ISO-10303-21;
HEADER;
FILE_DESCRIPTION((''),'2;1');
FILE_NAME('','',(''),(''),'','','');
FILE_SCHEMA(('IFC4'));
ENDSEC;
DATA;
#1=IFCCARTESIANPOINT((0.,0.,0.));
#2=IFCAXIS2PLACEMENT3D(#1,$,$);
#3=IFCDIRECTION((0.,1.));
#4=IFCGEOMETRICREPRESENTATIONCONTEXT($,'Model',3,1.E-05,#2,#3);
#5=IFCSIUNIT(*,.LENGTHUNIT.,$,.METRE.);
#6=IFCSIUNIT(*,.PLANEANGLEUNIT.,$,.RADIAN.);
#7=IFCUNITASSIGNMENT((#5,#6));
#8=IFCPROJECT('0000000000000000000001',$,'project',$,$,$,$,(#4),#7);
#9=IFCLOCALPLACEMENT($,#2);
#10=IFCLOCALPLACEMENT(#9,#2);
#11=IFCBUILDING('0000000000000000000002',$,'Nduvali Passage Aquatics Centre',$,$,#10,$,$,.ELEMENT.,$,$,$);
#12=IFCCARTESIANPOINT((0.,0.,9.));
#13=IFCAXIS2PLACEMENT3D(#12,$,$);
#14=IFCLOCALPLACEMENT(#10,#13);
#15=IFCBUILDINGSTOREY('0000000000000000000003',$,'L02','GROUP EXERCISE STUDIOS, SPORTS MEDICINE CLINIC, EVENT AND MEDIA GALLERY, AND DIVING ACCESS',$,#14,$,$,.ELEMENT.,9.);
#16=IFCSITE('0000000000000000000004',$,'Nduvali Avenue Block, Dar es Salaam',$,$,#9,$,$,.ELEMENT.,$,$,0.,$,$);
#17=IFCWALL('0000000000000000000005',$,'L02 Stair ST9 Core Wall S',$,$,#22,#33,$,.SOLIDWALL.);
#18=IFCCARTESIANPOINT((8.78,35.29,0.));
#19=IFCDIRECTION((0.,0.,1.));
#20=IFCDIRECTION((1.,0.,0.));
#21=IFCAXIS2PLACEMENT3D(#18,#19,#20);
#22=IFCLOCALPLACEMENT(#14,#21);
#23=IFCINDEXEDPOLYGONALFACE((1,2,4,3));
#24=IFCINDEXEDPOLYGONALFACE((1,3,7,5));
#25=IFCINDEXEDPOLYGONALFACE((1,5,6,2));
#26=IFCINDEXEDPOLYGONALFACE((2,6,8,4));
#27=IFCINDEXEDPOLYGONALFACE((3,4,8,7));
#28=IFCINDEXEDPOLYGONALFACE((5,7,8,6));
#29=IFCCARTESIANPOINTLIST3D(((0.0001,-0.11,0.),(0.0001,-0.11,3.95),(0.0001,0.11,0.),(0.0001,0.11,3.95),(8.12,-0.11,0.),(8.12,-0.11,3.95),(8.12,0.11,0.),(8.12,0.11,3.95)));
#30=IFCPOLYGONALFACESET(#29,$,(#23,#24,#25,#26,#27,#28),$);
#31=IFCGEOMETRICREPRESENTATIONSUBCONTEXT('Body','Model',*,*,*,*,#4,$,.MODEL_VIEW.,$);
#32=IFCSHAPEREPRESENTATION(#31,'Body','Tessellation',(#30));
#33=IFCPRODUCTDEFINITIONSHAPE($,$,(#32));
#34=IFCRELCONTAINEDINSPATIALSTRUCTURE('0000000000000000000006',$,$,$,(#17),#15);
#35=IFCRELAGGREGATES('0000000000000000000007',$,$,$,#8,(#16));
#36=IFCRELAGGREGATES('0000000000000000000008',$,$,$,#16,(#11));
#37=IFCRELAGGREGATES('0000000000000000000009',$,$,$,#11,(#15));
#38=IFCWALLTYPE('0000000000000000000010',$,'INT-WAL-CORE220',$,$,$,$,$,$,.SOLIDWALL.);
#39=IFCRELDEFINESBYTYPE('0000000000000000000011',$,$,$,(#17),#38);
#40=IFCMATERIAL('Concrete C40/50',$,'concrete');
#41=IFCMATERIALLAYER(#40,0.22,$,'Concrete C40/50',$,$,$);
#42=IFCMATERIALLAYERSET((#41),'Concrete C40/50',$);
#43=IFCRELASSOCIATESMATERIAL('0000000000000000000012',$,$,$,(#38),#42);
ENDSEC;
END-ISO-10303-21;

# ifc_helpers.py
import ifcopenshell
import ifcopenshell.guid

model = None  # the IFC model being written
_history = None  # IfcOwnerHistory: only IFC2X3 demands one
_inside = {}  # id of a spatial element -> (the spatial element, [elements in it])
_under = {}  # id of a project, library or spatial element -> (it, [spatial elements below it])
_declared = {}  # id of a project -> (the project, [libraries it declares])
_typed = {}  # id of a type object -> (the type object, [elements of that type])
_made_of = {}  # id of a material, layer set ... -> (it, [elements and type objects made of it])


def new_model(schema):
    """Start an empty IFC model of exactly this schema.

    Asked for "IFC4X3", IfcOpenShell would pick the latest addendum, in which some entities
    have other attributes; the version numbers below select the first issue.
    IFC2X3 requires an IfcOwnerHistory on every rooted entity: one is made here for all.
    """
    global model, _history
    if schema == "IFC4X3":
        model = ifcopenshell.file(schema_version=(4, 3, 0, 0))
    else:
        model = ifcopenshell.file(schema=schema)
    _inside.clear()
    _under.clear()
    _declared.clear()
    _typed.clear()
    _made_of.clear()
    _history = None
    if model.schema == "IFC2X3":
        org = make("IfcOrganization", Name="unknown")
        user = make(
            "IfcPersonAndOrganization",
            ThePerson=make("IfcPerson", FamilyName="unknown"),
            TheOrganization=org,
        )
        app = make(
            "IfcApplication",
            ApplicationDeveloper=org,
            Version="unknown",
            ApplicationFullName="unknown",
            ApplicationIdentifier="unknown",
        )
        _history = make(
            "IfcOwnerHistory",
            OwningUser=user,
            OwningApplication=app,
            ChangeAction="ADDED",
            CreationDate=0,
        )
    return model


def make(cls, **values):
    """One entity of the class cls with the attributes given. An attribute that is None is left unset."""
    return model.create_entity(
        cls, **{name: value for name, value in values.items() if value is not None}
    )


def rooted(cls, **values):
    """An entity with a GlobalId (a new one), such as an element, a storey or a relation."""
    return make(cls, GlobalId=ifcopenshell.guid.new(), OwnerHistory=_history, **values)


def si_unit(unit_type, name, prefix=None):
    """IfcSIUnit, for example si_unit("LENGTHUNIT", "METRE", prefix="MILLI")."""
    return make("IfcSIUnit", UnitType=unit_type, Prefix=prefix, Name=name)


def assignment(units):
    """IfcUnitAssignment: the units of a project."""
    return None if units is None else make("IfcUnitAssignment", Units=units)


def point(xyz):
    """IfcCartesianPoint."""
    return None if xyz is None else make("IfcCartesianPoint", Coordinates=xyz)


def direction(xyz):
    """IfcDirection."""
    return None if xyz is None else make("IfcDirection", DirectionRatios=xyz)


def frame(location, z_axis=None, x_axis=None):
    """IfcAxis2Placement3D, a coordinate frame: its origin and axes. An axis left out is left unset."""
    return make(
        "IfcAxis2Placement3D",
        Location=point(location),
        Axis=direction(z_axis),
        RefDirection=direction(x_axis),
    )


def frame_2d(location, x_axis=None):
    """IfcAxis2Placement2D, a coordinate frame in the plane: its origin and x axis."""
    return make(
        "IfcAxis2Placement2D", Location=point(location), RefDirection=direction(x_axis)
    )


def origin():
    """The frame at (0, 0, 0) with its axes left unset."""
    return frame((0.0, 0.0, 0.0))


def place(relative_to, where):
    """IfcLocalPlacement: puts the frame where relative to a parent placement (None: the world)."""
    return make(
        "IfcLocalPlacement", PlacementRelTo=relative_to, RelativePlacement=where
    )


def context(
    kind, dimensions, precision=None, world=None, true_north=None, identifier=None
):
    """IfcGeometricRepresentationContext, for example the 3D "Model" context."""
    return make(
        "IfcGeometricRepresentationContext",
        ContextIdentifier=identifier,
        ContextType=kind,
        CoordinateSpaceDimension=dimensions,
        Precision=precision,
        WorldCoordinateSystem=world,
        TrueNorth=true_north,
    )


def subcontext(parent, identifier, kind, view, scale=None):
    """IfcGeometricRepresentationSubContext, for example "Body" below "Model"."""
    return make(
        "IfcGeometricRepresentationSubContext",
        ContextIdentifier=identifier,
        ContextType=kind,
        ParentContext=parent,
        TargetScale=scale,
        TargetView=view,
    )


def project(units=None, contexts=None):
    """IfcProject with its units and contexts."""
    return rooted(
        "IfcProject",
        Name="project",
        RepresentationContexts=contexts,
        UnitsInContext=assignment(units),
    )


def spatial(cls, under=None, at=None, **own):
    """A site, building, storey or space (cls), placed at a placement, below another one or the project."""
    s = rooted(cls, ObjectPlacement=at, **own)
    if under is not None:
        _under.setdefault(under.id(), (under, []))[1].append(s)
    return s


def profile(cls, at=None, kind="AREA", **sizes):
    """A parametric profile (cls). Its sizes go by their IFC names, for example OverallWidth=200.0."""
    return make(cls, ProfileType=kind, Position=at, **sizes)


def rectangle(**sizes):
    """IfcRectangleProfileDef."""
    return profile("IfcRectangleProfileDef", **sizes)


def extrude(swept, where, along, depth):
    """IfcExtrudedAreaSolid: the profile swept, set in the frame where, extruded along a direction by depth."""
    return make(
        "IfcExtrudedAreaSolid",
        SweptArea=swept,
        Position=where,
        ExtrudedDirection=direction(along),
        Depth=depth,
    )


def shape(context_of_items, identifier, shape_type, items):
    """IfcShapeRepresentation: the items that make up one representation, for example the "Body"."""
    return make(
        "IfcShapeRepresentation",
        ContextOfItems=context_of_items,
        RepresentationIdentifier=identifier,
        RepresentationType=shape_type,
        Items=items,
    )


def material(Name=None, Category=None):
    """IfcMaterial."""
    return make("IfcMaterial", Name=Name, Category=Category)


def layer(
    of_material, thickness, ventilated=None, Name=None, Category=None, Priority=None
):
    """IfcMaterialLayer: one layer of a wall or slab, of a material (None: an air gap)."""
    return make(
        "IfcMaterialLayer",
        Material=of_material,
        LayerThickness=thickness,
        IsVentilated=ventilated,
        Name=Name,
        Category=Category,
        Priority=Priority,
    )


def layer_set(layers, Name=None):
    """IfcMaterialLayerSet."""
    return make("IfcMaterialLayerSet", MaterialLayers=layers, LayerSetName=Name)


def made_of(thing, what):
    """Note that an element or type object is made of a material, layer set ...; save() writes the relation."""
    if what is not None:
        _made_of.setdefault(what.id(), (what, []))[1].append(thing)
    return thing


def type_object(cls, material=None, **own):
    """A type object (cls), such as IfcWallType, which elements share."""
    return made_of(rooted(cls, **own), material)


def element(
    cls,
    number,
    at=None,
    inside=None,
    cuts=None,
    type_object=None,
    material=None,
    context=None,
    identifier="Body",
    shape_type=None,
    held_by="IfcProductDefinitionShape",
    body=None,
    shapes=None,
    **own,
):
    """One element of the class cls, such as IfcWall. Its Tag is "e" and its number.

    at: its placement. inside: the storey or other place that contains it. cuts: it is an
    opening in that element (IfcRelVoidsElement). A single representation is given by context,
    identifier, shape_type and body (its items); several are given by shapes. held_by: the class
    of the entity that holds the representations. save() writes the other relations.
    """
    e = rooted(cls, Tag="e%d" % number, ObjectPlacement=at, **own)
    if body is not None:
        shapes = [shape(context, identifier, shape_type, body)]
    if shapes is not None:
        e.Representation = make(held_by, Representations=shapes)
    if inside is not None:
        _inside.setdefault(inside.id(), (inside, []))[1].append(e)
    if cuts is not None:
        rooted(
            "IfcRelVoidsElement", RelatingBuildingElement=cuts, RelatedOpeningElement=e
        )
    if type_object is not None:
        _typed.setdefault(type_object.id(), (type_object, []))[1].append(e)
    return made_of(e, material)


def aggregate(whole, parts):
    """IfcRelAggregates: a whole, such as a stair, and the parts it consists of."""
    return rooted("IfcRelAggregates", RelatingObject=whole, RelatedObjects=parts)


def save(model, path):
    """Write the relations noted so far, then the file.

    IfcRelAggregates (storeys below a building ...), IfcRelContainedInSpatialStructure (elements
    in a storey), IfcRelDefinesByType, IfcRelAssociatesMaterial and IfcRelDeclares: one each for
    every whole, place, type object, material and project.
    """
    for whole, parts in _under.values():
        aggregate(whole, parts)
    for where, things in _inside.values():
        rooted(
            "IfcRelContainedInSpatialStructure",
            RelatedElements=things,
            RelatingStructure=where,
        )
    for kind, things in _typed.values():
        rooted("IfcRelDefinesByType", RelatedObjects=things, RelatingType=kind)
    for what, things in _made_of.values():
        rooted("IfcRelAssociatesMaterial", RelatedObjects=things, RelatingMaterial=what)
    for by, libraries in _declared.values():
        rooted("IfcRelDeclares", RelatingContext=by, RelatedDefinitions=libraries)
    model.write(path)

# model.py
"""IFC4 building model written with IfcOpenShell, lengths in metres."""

from ifc_helpers import new_model, si_unit, direction, frame, frame_2d, origin, place, context, subcontext, project, spatial, rectangle, extrude, material, layer, layer_set, type_object, element, save


model = new_model("IFC4")

# Units and contexts
model_context = context("Model", 3, precision=1e-05, world=origin(), true_north=direction((0.0, 1.0)))
body_context = subcontext(model_context, "Body", "Model", "MODEL_VIEW")
ifc_project = project(units=[si_unit("LENGTHUNIT", "METRE"), si_unit("PLANEANGLEUNIT", "RADIAN")], contexts=[model_context])

# Site, building, storey
site_placement = place(None, origin())
site = spatial("IfcSite", under=ifc_project, at=site_placement, Name="Nduvali Avenue Block, Dar es Salaam", CompositionType="ELEMENT", RefElevation=0.0)
building_placement = place(site_placement, origin())
building = spatial("IfcBuilding", under=site, at=building_placement, Name="Nduvali Passage Aquatics Centre", CompositionType="ELEMENT")
storey_placement = place(building_placement, frame((0.0, 0.0, 9.0)))
storey = spatial("IfcBuildingStorey", under=building, at=storey_placement, Name="L02", Description="GROUP EXERCISE STUDIOS, SPORTS MEDICINE CLINIC, EVENT AND MEDIA GALLERY, AND DIVING ACCESS", CompositionType="ELEMENT", Elevation=9.0)

# Wall
ifc_material_1 = material(Name="Concrete C40/50", Category="concrete")
ifc_layer_1 = layer(ifc_material_1, 0.22, Name="Concrete C40/50")
ifc_layer_set_1 = layer_set([ifc_layer_1], Name="Concrete C40/50")
wall_type_1 = type_object("IfcWallType", Name="INT-WAL-CORE220", PredefinedType="SOLIDWALL", material=ifc_layer_set_1)
wall_1_placement = place(storey_placement, frame((8.78, 35.29, 0.0), z_axis=(0.0, 0.0, 1.0), x_axis=(1.0, 0.0, 0.0)))
element("IfcWall", 1, at=wall_1_placement, inside=storey, type_object=wall_type_1, Name="L02 Stair ST9 Core Wall S", PredefinedType="SOLIDWALL", context=body_context, shape_type="SweptSolid", body=[
    extrude(rectangle(XDim=8.1199, YDim=0.22, at=frame_2d((4.0601, 0.0))), origin(), (0.0, 0.0, 1.0), 3.95),
])

save(model, "model.ifc")
